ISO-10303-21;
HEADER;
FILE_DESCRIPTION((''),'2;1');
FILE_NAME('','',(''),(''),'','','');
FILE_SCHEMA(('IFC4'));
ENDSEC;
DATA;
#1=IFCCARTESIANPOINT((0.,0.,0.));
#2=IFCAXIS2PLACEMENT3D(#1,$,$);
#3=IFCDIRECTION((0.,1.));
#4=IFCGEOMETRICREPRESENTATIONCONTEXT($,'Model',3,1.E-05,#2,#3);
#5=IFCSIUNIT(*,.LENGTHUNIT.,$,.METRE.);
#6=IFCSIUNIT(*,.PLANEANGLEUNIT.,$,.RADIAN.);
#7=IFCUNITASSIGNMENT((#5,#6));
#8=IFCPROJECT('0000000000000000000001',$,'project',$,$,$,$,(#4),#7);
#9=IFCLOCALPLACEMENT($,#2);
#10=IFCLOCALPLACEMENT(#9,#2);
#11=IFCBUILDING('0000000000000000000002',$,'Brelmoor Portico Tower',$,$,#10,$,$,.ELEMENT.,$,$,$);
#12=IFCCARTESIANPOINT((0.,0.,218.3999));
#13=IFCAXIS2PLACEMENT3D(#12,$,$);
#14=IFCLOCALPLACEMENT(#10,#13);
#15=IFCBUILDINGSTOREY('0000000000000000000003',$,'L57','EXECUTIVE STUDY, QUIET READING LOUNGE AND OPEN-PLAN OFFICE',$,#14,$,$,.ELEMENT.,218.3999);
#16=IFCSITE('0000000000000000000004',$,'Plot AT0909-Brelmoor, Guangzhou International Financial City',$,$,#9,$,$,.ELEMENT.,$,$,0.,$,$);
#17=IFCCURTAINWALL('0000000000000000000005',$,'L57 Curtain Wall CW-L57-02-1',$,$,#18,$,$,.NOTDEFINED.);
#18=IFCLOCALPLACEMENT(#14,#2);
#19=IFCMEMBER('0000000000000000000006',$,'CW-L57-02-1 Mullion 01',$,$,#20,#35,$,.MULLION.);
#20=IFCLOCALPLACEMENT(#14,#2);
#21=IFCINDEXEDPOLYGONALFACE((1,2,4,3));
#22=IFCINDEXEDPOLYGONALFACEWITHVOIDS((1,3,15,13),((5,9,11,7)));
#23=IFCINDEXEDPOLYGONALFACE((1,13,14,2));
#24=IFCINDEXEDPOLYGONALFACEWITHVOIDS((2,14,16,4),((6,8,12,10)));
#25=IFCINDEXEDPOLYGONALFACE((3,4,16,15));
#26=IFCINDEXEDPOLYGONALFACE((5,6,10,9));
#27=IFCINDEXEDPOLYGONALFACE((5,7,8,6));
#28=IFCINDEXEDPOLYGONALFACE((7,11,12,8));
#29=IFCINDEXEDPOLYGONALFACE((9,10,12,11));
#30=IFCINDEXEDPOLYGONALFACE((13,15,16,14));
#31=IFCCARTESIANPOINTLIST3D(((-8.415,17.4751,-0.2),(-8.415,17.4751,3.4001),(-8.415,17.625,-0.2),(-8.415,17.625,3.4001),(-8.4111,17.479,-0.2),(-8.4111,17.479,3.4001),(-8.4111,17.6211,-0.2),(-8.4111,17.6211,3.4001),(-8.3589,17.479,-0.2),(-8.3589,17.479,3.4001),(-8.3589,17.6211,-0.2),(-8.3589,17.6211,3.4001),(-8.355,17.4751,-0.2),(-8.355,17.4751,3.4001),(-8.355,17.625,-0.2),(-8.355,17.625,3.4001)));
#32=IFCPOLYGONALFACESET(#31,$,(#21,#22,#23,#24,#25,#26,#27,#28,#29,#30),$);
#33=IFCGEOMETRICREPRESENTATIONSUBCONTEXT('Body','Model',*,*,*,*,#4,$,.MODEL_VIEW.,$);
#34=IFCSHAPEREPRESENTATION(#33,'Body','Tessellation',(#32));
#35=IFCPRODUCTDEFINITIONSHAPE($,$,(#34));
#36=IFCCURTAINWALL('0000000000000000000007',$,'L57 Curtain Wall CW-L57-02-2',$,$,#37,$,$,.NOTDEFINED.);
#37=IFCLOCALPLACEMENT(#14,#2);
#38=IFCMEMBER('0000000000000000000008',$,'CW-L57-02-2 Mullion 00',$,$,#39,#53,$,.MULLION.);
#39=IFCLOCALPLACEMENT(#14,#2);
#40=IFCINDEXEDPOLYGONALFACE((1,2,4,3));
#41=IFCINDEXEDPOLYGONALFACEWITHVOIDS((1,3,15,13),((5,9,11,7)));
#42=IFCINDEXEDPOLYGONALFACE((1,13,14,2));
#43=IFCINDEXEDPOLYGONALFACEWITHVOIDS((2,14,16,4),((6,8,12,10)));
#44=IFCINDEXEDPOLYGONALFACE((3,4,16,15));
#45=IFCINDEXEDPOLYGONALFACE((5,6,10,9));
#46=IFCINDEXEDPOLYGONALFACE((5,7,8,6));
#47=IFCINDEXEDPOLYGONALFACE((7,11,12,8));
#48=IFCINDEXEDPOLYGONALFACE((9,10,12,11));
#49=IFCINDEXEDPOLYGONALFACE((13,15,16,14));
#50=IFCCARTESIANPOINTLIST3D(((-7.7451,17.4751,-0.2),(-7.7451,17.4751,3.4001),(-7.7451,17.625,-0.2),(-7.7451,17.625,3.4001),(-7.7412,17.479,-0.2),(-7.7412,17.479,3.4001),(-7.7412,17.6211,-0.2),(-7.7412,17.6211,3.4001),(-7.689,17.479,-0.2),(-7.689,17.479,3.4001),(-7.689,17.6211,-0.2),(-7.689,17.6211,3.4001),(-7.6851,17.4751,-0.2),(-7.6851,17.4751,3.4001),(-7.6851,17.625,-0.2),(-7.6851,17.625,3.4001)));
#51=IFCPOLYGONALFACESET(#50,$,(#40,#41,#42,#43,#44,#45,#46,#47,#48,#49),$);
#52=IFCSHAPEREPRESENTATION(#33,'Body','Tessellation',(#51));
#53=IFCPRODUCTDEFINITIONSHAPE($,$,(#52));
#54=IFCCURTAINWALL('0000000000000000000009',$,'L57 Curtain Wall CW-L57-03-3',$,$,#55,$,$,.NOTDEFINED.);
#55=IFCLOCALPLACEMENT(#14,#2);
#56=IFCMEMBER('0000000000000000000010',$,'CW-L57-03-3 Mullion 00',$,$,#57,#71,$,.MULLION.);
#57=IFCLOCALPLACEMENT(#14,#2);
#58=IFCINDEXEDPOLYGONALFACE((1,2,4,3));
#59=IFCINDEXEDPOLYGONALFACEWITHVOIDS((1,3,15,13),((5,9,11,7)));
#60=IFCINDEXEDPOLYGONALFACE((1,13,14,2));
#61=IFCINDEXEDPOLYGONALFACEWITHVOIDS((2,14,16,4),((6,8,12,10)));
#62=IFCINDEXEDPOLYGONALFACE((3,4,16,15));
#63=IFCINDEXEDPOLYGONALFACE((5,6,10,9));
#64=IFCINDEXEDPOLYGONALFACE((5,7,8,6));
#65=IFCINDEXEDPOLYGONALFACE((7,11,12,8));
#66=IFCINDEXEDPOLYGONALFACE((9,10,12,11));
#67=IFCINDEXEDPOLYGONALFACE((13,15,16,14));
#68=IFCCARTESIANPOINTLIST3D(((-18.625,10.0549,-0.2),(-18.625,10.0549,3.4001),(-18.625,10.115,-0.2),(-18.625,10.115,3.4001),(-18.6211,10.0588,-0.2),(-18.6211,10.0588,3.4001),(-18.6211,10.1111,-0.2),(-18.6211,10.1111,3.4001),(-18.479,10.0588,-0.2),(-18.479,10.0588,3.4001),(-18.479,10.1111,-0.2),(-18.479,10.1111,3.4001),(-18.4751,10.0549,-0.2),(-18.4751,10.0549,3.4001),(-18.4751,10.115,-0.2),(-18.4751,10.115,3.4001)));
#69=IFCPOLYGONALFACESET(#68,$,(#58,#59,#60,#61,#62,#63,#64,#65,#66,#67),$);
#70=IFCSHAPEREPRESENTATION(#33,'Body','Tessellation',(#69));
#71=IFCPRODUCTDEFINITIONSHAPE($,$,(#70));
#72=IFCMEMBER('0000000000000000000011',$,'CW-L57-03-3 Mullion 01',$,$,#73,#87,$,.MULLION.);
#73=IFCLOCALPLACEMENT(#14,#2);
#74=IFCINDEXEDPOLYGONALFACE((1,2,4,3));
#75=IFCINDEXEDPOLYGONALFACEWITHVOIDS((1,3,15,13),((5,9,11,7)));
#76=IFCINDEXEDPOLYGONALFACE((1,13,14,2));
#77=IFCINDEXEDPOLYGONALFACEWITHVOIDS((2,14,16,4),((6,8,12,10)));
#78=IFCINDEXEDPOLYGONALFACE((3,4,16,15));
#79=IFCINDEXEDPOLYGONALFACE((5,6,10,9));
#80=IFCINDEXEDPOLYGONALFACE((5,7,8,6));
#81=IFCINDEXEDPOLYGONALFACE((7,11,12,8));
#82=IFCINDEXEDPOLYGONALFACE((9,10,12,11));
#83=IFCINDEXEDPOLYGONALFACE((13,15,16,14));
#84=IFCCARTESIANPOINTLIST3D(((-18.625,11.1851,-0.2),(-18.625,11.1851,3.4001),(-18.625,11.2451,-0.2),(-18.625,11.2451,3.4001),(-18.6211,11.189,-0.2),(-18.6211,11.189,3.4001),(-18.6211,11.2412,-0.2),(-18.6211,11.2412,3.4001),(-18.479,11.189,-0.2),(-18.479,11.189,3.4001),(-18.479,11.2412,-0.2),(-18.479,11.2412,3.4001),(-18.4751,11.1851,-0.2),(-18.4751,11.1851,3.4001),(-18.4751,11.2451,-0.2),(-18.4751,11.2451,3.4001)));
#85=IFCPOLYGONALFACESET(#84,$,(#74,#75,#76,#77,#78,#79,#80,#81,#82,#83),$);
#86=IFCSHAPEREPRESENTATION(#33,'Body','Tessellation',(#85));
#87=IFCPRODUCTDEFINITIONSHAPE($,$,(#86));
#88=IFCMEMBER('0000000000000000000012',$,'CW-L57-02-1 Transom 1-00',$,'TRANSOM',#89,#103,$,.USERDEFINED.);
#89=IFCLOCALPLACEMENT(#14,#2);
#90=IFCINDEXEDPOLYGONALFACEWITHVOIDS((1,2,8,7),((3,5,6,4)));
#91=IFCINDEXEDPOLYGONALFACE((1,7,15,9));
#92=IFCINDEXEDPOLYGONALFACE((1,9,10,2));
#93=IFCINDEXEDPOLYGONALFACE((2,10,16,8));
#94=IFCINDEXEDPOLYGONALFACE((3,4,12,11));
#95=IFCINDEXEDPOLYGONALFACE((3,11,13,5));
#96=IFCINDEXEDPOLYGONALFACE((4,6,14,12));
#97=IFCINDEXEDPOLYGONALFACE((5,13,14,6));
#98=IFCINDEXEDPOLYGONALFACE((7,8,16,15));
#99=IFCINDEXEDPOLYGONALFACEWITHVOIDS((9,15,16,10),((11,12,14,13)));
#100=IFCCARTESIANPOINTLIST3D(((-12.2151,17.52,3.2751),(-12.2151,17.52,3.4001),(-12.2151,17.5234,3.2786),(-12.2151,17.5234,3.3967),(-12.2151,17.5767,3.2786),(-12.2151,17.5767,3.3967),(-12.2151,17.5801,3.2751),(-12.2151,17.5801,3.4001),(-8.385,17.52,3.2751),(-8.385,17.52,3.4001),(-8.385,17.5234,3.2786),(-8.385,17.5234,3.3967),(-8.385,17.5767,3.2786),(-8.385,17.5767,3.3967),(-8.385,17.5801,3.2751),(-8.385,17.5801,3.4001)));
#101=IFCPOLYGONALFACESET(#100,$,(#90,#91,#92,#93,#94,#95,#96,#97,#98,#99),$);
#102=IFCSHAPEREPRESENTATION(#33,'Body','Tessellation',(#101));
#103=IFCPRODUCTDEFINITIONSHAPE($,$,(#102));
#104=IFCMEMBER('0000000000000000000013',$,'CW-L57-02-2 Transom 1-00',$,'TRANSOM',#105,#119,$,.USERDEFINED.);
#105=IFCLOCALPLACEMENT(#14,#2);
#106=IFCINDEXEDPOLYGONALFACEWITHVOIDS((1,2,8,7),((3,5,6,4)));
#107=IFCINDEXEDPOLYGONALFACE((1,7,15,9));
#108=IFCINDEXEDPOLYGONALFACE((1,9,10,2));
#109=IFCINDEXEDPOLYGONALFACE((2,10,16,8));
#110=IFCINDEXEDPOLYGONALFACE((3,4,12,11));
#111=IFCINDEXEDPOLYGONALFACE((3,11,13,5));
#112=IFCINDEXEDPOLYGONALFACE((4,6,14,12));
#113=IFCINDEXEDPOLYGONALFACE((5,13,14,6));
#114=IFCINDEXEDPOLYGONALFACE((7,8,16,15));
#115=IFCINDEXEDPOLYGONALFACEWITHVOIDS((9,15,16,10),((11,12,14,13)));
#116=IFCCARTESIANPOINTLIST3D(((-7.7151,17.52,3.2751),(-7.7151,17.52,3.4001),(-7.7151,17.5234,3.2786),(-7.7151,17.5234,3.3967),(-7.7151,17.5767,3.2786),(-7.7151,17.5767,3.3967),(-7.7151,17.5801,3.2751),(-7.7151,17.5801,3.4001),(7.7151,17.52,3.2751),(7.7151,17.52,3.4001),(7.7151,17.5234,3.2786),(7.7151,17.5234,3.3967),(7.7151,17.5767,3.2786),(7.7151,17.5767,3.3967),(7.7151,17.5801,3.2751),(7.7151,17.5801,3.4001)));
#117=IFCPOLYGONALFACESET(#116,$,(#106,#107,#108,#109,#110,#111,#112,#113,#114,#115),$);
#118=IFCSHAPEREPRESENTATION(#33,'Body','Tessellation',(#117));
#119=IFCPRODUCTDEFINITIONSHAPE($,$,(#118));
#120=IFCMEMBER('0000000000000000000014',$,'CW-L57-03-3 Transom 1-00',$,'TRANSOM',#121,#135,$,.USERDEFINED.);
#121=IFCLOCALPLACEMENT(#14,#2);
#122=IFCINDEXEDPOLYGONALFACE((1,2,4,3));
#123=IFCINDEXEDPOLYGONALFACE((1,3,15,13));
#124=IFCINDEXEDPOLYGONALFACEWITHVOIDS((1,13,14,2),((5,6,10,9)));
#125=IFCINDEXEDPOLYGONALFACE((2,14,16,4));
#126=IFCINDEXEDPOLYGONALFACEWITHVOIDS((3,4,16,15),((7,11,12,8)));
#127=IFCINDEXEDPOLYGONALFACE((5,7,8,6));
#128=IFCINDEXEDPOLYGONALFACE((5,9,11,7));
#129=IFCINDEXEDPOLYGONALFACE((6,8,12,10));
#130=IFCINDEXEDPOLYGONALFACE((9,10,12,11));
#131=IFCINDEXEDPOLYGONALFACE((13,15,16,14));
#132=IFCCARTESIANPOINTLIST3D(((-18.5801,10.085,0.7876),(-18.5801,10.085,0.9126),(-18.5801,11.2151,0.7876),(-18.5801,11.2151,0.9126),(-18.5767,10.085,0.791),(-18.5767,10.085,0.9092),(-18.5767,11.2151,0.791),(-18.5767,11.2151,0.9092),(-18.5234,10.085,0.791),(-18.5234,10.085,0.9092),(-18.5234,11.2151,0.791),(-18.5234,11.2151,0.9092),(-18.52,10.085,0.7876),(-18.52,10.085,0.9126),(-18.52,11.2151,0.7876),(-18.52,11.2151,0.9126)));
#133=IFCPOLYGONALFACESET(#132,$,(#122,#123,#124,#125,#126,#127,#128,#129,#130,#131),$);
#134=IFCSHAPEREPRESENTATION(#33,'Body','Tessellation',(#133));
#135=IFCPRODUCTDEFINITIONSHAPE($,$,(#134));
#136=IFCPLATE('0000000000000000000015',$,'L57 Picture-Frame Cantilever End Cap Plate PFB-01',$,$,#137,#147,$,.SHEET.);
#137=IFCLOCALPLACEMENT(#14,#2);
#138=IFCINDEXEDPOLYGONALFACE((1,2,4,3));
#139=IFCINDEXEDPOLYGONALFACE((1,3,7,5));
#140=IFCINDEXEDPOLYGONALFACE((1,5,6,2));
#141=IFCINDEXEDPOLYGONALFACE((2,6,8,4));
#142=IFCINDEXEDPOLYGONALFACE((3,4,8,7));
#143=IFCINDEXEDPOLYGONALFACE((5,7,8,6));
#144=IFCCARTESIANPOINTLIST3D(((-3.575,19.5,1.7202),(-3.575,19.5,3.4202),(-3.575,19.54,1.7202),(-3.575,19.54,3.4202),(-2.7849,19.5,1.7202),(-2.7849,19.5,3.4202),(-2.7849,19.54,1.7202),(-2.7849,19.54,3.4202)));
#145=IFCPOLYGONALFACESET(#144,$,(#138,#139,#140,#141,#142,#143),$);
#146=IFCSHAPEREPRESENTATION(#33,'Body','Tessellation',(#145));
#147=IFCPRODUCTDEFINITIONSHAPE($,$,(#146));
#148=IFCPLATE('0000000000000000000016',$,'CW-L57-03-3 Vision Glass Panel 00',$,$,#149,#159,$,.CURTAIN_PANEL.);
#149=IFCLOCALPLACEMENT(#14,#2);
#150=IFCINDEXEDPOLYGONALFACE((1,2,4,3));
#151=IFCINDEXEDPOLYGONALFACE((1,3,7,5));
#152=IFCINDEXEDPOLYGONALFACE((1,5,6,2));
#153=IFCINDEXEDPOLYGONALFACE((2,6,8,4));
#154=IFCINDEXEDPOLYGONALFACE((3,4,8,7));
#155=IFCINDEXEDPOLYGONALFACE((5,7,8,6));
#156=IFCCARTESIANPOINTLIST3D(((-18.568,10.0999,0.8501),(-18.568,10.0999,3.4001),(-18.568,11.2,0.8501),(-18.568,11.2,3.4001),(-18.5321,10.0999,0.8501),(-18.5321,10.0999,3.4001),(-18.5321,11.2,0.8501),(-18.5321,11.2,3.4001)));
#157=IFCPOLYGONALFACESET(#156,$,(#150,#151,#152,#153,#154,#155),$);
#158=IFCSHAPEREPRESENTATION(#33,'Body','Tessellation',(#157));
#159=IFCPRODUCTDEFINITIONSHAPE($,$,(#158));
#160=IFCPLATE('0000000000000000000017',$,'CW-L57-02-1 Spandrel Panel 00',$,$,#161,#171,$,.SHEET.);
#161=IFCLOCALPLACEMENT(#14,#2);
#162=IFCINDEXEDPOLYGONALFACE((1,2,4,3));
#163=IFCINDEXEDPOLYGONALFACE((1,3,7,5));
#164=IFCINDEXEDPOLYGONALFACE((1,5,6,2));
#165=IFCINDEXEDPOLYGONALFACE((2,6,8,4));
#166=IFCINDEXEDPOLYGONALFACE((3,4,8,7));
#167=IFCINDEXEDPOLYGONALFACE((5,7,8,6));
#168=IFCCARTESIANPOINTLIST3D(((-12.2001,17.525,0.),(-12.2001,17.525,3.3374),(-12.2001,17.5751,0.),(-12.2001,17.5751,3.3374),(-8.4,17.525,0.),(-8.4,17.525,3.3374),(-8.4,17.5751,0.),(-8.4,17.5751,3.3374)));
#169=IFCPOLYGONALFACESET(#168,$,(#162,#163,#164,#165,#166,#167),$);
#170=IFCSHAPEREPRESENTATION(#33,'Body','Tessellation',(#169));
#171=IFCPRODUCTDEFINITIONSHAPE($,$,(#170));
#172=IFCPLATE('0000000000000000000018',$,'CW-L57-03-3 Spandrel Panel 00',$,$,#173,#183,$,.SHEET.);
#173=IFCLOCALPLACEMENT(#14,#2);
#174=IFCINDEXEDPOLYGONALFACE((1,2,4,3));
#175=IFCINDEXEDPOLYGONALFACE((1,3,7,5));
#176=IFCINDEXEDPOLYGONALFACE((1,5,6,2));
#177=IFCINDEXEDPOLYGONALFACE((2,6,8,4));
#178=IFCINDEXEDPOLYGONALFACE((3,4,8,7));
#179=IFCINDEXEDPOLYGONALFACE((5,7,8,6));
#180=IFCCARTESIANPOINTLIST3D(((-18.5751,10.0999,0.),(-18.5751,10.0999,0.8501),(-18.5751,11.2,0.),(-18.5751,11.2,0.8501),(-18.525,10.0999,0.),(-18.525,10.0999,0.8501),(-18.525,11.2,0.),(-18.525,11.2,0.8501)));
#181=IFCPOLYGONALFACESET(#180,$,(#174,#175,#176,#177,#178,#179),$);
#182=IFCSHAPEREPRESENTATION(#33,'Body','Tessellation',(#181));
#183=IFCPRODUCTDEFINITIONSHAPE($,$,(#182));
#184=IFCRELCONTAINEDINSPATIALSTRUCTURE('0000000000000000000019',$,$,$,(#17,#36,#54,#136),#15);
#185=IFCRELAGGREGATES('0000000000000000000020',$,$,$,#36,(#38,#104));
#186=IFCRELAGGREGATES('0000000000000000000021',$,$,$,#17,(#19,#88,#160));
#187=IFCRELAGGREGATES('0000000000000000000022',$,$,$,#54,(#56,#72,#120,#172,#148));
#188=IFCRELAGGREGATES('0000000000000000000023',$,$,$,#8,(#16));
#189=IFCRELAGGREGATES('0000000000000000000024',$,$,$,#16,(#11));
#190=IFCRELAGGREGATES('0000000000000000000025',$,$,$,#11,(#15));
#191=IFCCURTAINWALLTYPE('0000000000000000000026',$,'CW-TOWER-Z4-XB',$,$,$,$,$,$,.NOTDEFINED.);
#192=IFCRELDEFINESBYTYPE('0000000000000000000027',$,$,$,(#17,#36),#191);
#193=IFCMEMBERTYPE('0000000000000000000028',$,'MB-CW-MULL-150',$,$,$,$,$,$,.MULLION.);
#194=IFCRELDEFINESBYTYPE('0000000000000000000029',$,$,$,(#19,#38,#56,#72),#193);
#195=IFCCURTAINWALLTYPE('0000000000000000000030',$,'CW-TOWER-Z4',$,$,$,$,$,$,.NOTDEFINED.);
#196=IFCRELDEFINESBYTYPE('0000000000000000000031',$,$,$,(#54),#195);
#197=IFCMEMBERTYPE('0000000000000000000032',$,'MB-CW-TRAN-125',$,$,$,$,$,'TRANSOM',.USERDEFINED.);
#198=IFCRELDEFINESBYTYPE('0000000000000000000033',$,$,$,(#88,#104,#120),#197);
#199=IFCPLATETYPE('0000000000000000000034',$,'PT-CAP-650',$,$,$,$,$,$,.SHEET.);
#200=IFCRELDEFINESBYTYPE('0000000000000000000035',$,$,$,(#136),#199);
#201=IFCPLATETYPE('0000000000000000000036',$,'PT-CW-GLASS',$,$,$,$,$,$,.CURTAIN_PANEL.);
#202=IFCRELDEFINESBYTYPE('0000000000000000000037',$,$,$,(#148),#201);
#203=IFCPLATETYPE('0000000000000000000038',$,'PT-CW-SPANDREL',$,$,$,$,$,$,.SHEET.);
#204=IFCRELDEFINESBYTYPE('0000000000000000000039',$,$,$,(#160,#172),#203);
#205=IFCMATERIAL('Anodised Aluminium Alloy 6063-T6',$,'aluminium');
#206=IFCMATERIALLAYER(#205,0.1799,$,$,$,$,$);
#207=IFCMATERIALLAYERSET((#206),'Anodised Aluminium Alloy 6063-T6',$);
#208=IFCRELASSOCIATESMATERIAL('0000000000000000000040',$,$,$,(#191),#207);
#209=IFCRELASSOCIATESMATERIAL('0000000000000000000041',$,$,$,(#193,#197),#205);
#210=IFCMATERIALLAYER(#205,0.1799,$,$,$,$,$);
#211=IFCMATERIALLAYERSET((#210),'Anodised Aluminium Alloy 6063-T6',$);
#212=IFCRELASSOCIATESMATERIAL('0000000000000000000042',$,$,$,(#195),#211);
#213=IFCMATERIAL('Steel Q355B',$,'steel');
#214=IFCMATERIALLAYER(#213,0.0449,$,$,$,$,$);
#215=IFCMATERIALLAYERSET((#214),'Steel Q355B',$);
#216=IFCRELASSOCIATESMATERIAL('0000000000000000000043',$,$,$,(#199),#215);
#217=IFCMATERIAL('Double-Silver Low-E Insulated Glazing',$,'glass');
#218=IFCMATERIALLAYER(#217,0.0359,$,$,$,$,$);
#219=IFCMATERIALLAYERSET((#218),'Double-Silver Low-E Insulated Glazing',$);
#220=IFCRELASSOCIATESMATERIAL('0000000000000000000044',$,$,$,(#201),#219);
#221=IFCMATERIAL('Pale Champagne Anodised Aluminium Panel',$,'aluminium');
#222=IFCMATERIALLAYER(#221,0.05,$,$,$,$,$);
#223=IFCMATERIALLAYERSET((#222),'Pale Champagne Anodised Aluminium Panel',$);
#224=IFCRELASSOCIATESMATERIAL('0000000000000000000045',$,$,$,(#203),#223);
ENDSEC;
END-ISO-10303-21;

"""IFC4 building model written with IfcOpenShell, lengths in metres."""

from ifc_helpers import new_model, si_unit, direction, frame, origin, origin_2d, place, context, subcontext, project, spatial, rectangle, hollow_rectangle, extrude, material, layer, layer_set, material_profile, profile_set, type_object, element, aggregate, save


model = new_model("IFC4")

# Units and contexts
model_context = context("Model", 3, precision=1e-05, world=origin(), true_north=direction((0.0, 1.0)))
body_context = subcontext(model_context, "Body", "Model", "MODEL_VIEW")
ifc_project = project(units=[si_unit("LENGTHUNIT", "METRE"), si_unit("PLANEANGLEUNIT", "RADIAN")], contexts=[model_context])

# Site, building, storey
site_placement = place(None, origin())
site = spatial("IfcSite", under=ifc_project, at=site_placement, Name="Plot AT0909-Brelmoor, Guangzhou International Financial City", CompositionType="ELEMENT", RefElevation=0.0)
building_placement = place(site_placement, origin())
building = spatial("IfcBuilding", under=site, at=building_placement, Name="Brelmoor Portico Tower", CompositionType="ELEMENT")
storey_placement = place(building_placement, frame((0.0, 0.0, 218.3999)))
storey = spatial("IfcBuildingStorey", under=building, at=storey_placement, Name="L57", Description="EXECUTIVE STUDY, QUIET READING LOUNGE AND OPEN-PLAN OFFICE", CompositionType="ELEMENT", Elevation=218.3999)

# Shared definitions
ifc_material_1 = material(Name="Steel Q355B", Category="steel")

# Curtain wall, member
ifc_material_2 = material(Name="Anodised Aluminium Alloy 6063-T6", Category="aluminium")
ifc_layer_1 = layer(ifc_material_2, 0.1799)
ifc_layer_set_1 = layer_set([ifc_layer_1], Name="Anodised Aluminium Alloy 6063-T6")
curtain_wall_type_1 = type_object("IfcCurtainWallType", Name="CW-TOWER-Z4-XB", PredefinedType="NOTDEFINED", material=ifc_layer_set_1)
curtain_wall_1_placement = place(storey_placement, origin())
curtain_wall_1 = element("IfcCurtainWall", 1, at=curtain_wall_1_placement, inside=storey, type_object=curtain_wall_type_1, Name="L57 Curtain Wall CW-L57-02-1", PredefinedType="NOTDEFINED")
ifc_material_profile_1 = material_profile(ifc_material_2, hollow_rectangle(XDim=0.0601, YDim=0.1499, WallThickness=0.0039, at=origin_2d()), Name="ALU MULLION 60x150")
ifc_profile_set_1 = profile_set([ifc_material_profile_1], Name="Anodised Aluminium Alloy 6063-T6")
member_type_1 = type_object("IfcMemberType", Name="MB-CW-MULL-150", PredefinedType="MULLION", material=ifc_profile_set_1)
member_1_placement = place(storey_placement, frame((-8.385, 17.55, -0.2), z_axis=(0.0, 0.0, 1.0), x_axis=(1.0, 0.0, 0.0)))
member_1 = element("IfcMember", 2, at=member_1_placement, type_object=member_type_1, Name="CW-L57-02-1 Mullion 01", PredefinedType="MULLION", context=body_context, shape_type="SweptSolid", body=[
    extrude(hollow_rectangle(XDim=0.0601, YDim=0.1499, WallThickness=0.0039, at=origin_2d()), origin(), (0.0, 0.0, 1.0), 3.6001),
])

# Curtain wall, member
curtain_wall_2_placement = place(storey_placement, origin())
curtain_wall_2 = element("IfcCurtainWall", 3, at=curtain_wall_2_placement, inside=storey, type_object=curtain_wall_type_1, Name="L57 Curtain Wall CW-L57-02-2", PredefinedType="NOTDEFINED")
member_2_placement = place(storey_placement, frame((-7.7151, 17.55, -0.2), z_axis=(0.0, 0.0, 1.0), x_axis=(1.0, 0.0, 0.0)))
member_2 = element("IfcMember", 4, at=member_2_placement, type_object=member_type_1, Name="CW-L57-02-2 Mullion 00", PredefinedType="MULLION", context=body_context, shape_type="SweptSolid", body=[
    extrude(hollow_rectangle(XDim=0.0601, YDim=0.1499, WallThickness=0.0039, at=origin_2d()), origin(), (0.0, 0.0, 1.0), 3.6001),
])

# Curtain wall, members
ifc_layer_2 = layer(ifc_material_2, 0.1799)
ifc_layer_set_2 = layer_set([ifc_layer_2], Name="Anodised Aluminium Alloy 6063-T6")
curtain_wall_type_2 = type_object("IfcCurtainWallType", Name="CW-TOWER-Z4", PredefinedType="NOTDEFINED", material=ifc_layer_set_2)
curtain_wall_3_placement = place(storey_placement, origin())
curtain_wall_3 = element("IfcCurtainWall", 5, at=curtain_wall_3_placement, inside=storey, type_object=curtain_wall_type_2, Name="L57 Curtain Wall CW-L57-03-3", PredefinedType="NOTDEFINED")
member_3_placement = place(storey_placement, frame((-18.55, 10.085, -0.2), z_axis=(0.0, 0.0, 1.0), x_axis=(0.0, 1.0, 0.0)))
member_3 = element("IfcMember", 6, at=member_3_placement, type_object=member_type_1, Name="CW-L57-03-3 Mullion 00", PredefinedType="MULLION", context=body_context, shape_type="SweptSolid", body=[
    extrude(hollow_rectangle(XDim=0.0601, YDim=0.1499, WallThickness=0.0039, at=origin_2d()), origin(), (0.0, 0.0, 1.0), 3.6001),
])
member_4_placement = place(storey_placement, frame((-18.55, 11.2151, -0.2), z_axis=(0.0, 0.0, 1.0), x_axis=(0.0, 1.0, 0.0)))
member_4 = element("IfcMember", 7, at=member_4_placement, type_object=member_type_1, Name="CW-L57-03-3 Mullion 01", PredefinedType="MULLION", context=body_context, shape_type="SweptSolid", body=[
    extrude(hollow_rectangle(XDim=0.0601, YDim=0.1499, WallThickness=0.0039, at=origin_2d()), origin(), (0.0, 0.0, 1.0), 3.6001),
])

# Members
ifc_material_profile_2 = material_profile(ifc_material_2, hollow_rectangle(XDim=0.0601, YDim=0.125, WallThickness=0.0034, at=origin_2d()), Name="ALU TRANSOM 60x125")
ifc_profile_set_2 = profile_set([ifc_material_profile_2], Name="Anodised Aluminium Alloy 6063-T6")
member_type_2 = type_object("IfcMemberType", Name="MB-CW-TRAN-125", ElementType="TRANSOM", PredefinedType="USERDEFINED", material=ifc_profile_set_2)
member_5_placement = place(storey_placement, frame((-12.2151, 17.55, 3.3376), z_axis=(1.0, 0.0, 0.0), x_axis=(0.0, 1.0, 0.0)))
member_5 = element("IfcMember", 8, at=member_5_placement, type_object=member_type_2, Name="CW-L57-02-1 Transom 1-00", ObjectType="TRANSOM", PredefinedType="USERDEFINED", context=body_context, shape_type="SweptSolid", body=[
    extrude(hollow_rectangle(XDim=0.0601, YDim=0.125, WallThickness=0.0034, at=origin_2d()), origin(), (0.0, 0.0, 1.0), 3.8301),
])
member_6_placement = place(storey_placement, frame((-7.7151, 17.55, 3.3376), z_axis=(1.0, 0.0, 0.0), x_axis=(0.0, 1.0, 0.0)))
member_6 = element("IfcMember", 9, at=member_6_placement, type_object=member_type_2, Name="CW-L57-02-2 Transom 1-00", ObjectType="TRANSOM", PredefinedType="USERDEFINED", context=body_context, shape_type="SweptSolid", body=[
    extrude(hollow_rectangle(XDim=0.0601, YDim=0.125, WallThickness=0.0034, at=origin_2d()), origin(), (0.0, 0.0, 1.0), 15.4302),
])
aggregate(curtain_wall_2, [member_2, member_6])
member_7_placement = place(storey_placement, frame((-18.55, 10.085, 0.8501), z_axis=(0.0, 1.0, 0.0), x_axis=(-1.0, 0.0, 0.0)))
member_7 = element("IfcMember", 10, at=member_7_placement, type_object=member_type_2, Name="CW-L57-03-3 Transom 1-00", ObjectType="TRANSOM", PredefinedType="USERDEFINED", context=body_context, shape_type="SweptSolid", body=[
    extrude(hollow_rectangle(XDim=0.0601, YDim=0.125, WallThickness=0.0034, at=origin_2d()), origin(), (0.0, 0.0, 1.0), 1.1301),
])

# Plates
ifc_layer_3 = layer(ifc_material_1, 0.0449)
ifc_layer_set_3 = layer_set([ifc_layer_3], Name="Steel Q355B")
plate_type_1 = type_object("IfcPlateType", Name="PT-CAP-650", PredefinedType="SHEET", material=ifc_layer_set_3)
plate_1_placement = place(storey_placement, frame((-3.1799, 19.52, 1.7202), z_axis=(0.0, 0.0, 1.0), x_axis=(1.0, 0.0, 0.0)))
element("IfcPlate", 11, at=plate_1_placement, inside=storey, type_object=plate_type_1, Name="L57 Picture-Frame Cantilever End Cap Plate PFB-01", PredefinedType="SHEET", context=body_context, shape_type="SweptSolid", body=[
    extrude(rectangle(XDim=0.79, YDim=0.04, at=origin_2d()), origin(), (0.0, 0.0, 1.0), 1.7),
])
ifc_material_3 = material(Name="Double-Silver Low-E Insulated Glazing", Category="glass")
ifc_layer_4 = layer(ifc_material_3, 0.0359)
ifc_layer_set_4 = layer_set([ifc_layer_4], Name="Double-Silver Low-E Insulated Glazing")
plate_type_2 = type_object("IfcPlateType", Name="PT-CW-GLASS", PredefinedType="CURTAIN_PANEL", material=ifc_layer_set_4)
plate_2_placement = place(storey_placement, frame((-18.55, 10.6499, 0.8501), z_axis=(0.0, 0.0, 1.0), x_axis=(0.0, 1.0, 0.0)))
plate_2 = element("IfcPlate", 12, at=plate_2_placement, type_object=plate_type_2, Name="CW-L57-03-3 Vision Glass Panel 00", PredefinedType="CURTAIN_PANEL", context=body_context, shape_type="SweptSolid", body=[
    extrude(rectangle(XDim=1.1001, YDim=0.0359, at=origin_2d()), origin(), (0.0, 0.0, 1.0), 2.55),
])
ifc_material_4 = material(Name="Pale Champagne Anodised Aluminium Panel", Category="aluminium")
ifc_layer_5 = layer(ifc_material_4, 0.05)
ifc_layer_set_5 = layer_set([ifc_layer_5], Name="Pale Champagne Anodised Aluminium Panel")
plate_type_3 = type_object("IfcPlateType", Name="PT-CW-SPANDREL", PredefinedType="SHEET", material=ifc_layer_set_5)
plate_3_placement = place(storey_placement, frame((-10.3, 17.55, 0.0), z_axis=(0.0, 0.0, 1.0), x_axis=(1.0, 0.0, 0.0)))
plate_3 = element("IfcPlate", 13, at=plate_3_placement, type_object=plate_type_3, Name="CW-L57-02-1 Spandrel Panel 00", PredefinedType="SHEET", context=body_context, shape_type="SweptSolid", body=[
    extrude(rectangle(XDim=3.8, YDim=0.05, at=origin_2d()), origin(), (0.0, 0.0, 1.0), 3.3374),
])
aggregate(curtain_wall_1, [member_1, member_5, plate_3])
plate_4_placement = place(storey_placement, frame((-18.55, 10.6499, 0.0), z_axis=(0.0, 0.0, 1.0), x_axis=(0.0, 1.0, 0.0)))
plate_4 = element("IfcPlate", 14, at=plate_4_placement, type_object=plate_type_3, Name="CW-L57-03-3 Spandrel Panel 00", PredefinedType="SHEET", context=body_context, shape_type="SweptSolid", body=[
    extrude(rectangle(XDim=1.1001, YDim=0.05, at=origin_2d()), origin(), (0.0, 0.0, 1.0), 0.8501),
])
aggregate(curtain_wall_3, [member_3, member_4, member_7, plate_4, plate_2])

save(model, "model.ifc")
